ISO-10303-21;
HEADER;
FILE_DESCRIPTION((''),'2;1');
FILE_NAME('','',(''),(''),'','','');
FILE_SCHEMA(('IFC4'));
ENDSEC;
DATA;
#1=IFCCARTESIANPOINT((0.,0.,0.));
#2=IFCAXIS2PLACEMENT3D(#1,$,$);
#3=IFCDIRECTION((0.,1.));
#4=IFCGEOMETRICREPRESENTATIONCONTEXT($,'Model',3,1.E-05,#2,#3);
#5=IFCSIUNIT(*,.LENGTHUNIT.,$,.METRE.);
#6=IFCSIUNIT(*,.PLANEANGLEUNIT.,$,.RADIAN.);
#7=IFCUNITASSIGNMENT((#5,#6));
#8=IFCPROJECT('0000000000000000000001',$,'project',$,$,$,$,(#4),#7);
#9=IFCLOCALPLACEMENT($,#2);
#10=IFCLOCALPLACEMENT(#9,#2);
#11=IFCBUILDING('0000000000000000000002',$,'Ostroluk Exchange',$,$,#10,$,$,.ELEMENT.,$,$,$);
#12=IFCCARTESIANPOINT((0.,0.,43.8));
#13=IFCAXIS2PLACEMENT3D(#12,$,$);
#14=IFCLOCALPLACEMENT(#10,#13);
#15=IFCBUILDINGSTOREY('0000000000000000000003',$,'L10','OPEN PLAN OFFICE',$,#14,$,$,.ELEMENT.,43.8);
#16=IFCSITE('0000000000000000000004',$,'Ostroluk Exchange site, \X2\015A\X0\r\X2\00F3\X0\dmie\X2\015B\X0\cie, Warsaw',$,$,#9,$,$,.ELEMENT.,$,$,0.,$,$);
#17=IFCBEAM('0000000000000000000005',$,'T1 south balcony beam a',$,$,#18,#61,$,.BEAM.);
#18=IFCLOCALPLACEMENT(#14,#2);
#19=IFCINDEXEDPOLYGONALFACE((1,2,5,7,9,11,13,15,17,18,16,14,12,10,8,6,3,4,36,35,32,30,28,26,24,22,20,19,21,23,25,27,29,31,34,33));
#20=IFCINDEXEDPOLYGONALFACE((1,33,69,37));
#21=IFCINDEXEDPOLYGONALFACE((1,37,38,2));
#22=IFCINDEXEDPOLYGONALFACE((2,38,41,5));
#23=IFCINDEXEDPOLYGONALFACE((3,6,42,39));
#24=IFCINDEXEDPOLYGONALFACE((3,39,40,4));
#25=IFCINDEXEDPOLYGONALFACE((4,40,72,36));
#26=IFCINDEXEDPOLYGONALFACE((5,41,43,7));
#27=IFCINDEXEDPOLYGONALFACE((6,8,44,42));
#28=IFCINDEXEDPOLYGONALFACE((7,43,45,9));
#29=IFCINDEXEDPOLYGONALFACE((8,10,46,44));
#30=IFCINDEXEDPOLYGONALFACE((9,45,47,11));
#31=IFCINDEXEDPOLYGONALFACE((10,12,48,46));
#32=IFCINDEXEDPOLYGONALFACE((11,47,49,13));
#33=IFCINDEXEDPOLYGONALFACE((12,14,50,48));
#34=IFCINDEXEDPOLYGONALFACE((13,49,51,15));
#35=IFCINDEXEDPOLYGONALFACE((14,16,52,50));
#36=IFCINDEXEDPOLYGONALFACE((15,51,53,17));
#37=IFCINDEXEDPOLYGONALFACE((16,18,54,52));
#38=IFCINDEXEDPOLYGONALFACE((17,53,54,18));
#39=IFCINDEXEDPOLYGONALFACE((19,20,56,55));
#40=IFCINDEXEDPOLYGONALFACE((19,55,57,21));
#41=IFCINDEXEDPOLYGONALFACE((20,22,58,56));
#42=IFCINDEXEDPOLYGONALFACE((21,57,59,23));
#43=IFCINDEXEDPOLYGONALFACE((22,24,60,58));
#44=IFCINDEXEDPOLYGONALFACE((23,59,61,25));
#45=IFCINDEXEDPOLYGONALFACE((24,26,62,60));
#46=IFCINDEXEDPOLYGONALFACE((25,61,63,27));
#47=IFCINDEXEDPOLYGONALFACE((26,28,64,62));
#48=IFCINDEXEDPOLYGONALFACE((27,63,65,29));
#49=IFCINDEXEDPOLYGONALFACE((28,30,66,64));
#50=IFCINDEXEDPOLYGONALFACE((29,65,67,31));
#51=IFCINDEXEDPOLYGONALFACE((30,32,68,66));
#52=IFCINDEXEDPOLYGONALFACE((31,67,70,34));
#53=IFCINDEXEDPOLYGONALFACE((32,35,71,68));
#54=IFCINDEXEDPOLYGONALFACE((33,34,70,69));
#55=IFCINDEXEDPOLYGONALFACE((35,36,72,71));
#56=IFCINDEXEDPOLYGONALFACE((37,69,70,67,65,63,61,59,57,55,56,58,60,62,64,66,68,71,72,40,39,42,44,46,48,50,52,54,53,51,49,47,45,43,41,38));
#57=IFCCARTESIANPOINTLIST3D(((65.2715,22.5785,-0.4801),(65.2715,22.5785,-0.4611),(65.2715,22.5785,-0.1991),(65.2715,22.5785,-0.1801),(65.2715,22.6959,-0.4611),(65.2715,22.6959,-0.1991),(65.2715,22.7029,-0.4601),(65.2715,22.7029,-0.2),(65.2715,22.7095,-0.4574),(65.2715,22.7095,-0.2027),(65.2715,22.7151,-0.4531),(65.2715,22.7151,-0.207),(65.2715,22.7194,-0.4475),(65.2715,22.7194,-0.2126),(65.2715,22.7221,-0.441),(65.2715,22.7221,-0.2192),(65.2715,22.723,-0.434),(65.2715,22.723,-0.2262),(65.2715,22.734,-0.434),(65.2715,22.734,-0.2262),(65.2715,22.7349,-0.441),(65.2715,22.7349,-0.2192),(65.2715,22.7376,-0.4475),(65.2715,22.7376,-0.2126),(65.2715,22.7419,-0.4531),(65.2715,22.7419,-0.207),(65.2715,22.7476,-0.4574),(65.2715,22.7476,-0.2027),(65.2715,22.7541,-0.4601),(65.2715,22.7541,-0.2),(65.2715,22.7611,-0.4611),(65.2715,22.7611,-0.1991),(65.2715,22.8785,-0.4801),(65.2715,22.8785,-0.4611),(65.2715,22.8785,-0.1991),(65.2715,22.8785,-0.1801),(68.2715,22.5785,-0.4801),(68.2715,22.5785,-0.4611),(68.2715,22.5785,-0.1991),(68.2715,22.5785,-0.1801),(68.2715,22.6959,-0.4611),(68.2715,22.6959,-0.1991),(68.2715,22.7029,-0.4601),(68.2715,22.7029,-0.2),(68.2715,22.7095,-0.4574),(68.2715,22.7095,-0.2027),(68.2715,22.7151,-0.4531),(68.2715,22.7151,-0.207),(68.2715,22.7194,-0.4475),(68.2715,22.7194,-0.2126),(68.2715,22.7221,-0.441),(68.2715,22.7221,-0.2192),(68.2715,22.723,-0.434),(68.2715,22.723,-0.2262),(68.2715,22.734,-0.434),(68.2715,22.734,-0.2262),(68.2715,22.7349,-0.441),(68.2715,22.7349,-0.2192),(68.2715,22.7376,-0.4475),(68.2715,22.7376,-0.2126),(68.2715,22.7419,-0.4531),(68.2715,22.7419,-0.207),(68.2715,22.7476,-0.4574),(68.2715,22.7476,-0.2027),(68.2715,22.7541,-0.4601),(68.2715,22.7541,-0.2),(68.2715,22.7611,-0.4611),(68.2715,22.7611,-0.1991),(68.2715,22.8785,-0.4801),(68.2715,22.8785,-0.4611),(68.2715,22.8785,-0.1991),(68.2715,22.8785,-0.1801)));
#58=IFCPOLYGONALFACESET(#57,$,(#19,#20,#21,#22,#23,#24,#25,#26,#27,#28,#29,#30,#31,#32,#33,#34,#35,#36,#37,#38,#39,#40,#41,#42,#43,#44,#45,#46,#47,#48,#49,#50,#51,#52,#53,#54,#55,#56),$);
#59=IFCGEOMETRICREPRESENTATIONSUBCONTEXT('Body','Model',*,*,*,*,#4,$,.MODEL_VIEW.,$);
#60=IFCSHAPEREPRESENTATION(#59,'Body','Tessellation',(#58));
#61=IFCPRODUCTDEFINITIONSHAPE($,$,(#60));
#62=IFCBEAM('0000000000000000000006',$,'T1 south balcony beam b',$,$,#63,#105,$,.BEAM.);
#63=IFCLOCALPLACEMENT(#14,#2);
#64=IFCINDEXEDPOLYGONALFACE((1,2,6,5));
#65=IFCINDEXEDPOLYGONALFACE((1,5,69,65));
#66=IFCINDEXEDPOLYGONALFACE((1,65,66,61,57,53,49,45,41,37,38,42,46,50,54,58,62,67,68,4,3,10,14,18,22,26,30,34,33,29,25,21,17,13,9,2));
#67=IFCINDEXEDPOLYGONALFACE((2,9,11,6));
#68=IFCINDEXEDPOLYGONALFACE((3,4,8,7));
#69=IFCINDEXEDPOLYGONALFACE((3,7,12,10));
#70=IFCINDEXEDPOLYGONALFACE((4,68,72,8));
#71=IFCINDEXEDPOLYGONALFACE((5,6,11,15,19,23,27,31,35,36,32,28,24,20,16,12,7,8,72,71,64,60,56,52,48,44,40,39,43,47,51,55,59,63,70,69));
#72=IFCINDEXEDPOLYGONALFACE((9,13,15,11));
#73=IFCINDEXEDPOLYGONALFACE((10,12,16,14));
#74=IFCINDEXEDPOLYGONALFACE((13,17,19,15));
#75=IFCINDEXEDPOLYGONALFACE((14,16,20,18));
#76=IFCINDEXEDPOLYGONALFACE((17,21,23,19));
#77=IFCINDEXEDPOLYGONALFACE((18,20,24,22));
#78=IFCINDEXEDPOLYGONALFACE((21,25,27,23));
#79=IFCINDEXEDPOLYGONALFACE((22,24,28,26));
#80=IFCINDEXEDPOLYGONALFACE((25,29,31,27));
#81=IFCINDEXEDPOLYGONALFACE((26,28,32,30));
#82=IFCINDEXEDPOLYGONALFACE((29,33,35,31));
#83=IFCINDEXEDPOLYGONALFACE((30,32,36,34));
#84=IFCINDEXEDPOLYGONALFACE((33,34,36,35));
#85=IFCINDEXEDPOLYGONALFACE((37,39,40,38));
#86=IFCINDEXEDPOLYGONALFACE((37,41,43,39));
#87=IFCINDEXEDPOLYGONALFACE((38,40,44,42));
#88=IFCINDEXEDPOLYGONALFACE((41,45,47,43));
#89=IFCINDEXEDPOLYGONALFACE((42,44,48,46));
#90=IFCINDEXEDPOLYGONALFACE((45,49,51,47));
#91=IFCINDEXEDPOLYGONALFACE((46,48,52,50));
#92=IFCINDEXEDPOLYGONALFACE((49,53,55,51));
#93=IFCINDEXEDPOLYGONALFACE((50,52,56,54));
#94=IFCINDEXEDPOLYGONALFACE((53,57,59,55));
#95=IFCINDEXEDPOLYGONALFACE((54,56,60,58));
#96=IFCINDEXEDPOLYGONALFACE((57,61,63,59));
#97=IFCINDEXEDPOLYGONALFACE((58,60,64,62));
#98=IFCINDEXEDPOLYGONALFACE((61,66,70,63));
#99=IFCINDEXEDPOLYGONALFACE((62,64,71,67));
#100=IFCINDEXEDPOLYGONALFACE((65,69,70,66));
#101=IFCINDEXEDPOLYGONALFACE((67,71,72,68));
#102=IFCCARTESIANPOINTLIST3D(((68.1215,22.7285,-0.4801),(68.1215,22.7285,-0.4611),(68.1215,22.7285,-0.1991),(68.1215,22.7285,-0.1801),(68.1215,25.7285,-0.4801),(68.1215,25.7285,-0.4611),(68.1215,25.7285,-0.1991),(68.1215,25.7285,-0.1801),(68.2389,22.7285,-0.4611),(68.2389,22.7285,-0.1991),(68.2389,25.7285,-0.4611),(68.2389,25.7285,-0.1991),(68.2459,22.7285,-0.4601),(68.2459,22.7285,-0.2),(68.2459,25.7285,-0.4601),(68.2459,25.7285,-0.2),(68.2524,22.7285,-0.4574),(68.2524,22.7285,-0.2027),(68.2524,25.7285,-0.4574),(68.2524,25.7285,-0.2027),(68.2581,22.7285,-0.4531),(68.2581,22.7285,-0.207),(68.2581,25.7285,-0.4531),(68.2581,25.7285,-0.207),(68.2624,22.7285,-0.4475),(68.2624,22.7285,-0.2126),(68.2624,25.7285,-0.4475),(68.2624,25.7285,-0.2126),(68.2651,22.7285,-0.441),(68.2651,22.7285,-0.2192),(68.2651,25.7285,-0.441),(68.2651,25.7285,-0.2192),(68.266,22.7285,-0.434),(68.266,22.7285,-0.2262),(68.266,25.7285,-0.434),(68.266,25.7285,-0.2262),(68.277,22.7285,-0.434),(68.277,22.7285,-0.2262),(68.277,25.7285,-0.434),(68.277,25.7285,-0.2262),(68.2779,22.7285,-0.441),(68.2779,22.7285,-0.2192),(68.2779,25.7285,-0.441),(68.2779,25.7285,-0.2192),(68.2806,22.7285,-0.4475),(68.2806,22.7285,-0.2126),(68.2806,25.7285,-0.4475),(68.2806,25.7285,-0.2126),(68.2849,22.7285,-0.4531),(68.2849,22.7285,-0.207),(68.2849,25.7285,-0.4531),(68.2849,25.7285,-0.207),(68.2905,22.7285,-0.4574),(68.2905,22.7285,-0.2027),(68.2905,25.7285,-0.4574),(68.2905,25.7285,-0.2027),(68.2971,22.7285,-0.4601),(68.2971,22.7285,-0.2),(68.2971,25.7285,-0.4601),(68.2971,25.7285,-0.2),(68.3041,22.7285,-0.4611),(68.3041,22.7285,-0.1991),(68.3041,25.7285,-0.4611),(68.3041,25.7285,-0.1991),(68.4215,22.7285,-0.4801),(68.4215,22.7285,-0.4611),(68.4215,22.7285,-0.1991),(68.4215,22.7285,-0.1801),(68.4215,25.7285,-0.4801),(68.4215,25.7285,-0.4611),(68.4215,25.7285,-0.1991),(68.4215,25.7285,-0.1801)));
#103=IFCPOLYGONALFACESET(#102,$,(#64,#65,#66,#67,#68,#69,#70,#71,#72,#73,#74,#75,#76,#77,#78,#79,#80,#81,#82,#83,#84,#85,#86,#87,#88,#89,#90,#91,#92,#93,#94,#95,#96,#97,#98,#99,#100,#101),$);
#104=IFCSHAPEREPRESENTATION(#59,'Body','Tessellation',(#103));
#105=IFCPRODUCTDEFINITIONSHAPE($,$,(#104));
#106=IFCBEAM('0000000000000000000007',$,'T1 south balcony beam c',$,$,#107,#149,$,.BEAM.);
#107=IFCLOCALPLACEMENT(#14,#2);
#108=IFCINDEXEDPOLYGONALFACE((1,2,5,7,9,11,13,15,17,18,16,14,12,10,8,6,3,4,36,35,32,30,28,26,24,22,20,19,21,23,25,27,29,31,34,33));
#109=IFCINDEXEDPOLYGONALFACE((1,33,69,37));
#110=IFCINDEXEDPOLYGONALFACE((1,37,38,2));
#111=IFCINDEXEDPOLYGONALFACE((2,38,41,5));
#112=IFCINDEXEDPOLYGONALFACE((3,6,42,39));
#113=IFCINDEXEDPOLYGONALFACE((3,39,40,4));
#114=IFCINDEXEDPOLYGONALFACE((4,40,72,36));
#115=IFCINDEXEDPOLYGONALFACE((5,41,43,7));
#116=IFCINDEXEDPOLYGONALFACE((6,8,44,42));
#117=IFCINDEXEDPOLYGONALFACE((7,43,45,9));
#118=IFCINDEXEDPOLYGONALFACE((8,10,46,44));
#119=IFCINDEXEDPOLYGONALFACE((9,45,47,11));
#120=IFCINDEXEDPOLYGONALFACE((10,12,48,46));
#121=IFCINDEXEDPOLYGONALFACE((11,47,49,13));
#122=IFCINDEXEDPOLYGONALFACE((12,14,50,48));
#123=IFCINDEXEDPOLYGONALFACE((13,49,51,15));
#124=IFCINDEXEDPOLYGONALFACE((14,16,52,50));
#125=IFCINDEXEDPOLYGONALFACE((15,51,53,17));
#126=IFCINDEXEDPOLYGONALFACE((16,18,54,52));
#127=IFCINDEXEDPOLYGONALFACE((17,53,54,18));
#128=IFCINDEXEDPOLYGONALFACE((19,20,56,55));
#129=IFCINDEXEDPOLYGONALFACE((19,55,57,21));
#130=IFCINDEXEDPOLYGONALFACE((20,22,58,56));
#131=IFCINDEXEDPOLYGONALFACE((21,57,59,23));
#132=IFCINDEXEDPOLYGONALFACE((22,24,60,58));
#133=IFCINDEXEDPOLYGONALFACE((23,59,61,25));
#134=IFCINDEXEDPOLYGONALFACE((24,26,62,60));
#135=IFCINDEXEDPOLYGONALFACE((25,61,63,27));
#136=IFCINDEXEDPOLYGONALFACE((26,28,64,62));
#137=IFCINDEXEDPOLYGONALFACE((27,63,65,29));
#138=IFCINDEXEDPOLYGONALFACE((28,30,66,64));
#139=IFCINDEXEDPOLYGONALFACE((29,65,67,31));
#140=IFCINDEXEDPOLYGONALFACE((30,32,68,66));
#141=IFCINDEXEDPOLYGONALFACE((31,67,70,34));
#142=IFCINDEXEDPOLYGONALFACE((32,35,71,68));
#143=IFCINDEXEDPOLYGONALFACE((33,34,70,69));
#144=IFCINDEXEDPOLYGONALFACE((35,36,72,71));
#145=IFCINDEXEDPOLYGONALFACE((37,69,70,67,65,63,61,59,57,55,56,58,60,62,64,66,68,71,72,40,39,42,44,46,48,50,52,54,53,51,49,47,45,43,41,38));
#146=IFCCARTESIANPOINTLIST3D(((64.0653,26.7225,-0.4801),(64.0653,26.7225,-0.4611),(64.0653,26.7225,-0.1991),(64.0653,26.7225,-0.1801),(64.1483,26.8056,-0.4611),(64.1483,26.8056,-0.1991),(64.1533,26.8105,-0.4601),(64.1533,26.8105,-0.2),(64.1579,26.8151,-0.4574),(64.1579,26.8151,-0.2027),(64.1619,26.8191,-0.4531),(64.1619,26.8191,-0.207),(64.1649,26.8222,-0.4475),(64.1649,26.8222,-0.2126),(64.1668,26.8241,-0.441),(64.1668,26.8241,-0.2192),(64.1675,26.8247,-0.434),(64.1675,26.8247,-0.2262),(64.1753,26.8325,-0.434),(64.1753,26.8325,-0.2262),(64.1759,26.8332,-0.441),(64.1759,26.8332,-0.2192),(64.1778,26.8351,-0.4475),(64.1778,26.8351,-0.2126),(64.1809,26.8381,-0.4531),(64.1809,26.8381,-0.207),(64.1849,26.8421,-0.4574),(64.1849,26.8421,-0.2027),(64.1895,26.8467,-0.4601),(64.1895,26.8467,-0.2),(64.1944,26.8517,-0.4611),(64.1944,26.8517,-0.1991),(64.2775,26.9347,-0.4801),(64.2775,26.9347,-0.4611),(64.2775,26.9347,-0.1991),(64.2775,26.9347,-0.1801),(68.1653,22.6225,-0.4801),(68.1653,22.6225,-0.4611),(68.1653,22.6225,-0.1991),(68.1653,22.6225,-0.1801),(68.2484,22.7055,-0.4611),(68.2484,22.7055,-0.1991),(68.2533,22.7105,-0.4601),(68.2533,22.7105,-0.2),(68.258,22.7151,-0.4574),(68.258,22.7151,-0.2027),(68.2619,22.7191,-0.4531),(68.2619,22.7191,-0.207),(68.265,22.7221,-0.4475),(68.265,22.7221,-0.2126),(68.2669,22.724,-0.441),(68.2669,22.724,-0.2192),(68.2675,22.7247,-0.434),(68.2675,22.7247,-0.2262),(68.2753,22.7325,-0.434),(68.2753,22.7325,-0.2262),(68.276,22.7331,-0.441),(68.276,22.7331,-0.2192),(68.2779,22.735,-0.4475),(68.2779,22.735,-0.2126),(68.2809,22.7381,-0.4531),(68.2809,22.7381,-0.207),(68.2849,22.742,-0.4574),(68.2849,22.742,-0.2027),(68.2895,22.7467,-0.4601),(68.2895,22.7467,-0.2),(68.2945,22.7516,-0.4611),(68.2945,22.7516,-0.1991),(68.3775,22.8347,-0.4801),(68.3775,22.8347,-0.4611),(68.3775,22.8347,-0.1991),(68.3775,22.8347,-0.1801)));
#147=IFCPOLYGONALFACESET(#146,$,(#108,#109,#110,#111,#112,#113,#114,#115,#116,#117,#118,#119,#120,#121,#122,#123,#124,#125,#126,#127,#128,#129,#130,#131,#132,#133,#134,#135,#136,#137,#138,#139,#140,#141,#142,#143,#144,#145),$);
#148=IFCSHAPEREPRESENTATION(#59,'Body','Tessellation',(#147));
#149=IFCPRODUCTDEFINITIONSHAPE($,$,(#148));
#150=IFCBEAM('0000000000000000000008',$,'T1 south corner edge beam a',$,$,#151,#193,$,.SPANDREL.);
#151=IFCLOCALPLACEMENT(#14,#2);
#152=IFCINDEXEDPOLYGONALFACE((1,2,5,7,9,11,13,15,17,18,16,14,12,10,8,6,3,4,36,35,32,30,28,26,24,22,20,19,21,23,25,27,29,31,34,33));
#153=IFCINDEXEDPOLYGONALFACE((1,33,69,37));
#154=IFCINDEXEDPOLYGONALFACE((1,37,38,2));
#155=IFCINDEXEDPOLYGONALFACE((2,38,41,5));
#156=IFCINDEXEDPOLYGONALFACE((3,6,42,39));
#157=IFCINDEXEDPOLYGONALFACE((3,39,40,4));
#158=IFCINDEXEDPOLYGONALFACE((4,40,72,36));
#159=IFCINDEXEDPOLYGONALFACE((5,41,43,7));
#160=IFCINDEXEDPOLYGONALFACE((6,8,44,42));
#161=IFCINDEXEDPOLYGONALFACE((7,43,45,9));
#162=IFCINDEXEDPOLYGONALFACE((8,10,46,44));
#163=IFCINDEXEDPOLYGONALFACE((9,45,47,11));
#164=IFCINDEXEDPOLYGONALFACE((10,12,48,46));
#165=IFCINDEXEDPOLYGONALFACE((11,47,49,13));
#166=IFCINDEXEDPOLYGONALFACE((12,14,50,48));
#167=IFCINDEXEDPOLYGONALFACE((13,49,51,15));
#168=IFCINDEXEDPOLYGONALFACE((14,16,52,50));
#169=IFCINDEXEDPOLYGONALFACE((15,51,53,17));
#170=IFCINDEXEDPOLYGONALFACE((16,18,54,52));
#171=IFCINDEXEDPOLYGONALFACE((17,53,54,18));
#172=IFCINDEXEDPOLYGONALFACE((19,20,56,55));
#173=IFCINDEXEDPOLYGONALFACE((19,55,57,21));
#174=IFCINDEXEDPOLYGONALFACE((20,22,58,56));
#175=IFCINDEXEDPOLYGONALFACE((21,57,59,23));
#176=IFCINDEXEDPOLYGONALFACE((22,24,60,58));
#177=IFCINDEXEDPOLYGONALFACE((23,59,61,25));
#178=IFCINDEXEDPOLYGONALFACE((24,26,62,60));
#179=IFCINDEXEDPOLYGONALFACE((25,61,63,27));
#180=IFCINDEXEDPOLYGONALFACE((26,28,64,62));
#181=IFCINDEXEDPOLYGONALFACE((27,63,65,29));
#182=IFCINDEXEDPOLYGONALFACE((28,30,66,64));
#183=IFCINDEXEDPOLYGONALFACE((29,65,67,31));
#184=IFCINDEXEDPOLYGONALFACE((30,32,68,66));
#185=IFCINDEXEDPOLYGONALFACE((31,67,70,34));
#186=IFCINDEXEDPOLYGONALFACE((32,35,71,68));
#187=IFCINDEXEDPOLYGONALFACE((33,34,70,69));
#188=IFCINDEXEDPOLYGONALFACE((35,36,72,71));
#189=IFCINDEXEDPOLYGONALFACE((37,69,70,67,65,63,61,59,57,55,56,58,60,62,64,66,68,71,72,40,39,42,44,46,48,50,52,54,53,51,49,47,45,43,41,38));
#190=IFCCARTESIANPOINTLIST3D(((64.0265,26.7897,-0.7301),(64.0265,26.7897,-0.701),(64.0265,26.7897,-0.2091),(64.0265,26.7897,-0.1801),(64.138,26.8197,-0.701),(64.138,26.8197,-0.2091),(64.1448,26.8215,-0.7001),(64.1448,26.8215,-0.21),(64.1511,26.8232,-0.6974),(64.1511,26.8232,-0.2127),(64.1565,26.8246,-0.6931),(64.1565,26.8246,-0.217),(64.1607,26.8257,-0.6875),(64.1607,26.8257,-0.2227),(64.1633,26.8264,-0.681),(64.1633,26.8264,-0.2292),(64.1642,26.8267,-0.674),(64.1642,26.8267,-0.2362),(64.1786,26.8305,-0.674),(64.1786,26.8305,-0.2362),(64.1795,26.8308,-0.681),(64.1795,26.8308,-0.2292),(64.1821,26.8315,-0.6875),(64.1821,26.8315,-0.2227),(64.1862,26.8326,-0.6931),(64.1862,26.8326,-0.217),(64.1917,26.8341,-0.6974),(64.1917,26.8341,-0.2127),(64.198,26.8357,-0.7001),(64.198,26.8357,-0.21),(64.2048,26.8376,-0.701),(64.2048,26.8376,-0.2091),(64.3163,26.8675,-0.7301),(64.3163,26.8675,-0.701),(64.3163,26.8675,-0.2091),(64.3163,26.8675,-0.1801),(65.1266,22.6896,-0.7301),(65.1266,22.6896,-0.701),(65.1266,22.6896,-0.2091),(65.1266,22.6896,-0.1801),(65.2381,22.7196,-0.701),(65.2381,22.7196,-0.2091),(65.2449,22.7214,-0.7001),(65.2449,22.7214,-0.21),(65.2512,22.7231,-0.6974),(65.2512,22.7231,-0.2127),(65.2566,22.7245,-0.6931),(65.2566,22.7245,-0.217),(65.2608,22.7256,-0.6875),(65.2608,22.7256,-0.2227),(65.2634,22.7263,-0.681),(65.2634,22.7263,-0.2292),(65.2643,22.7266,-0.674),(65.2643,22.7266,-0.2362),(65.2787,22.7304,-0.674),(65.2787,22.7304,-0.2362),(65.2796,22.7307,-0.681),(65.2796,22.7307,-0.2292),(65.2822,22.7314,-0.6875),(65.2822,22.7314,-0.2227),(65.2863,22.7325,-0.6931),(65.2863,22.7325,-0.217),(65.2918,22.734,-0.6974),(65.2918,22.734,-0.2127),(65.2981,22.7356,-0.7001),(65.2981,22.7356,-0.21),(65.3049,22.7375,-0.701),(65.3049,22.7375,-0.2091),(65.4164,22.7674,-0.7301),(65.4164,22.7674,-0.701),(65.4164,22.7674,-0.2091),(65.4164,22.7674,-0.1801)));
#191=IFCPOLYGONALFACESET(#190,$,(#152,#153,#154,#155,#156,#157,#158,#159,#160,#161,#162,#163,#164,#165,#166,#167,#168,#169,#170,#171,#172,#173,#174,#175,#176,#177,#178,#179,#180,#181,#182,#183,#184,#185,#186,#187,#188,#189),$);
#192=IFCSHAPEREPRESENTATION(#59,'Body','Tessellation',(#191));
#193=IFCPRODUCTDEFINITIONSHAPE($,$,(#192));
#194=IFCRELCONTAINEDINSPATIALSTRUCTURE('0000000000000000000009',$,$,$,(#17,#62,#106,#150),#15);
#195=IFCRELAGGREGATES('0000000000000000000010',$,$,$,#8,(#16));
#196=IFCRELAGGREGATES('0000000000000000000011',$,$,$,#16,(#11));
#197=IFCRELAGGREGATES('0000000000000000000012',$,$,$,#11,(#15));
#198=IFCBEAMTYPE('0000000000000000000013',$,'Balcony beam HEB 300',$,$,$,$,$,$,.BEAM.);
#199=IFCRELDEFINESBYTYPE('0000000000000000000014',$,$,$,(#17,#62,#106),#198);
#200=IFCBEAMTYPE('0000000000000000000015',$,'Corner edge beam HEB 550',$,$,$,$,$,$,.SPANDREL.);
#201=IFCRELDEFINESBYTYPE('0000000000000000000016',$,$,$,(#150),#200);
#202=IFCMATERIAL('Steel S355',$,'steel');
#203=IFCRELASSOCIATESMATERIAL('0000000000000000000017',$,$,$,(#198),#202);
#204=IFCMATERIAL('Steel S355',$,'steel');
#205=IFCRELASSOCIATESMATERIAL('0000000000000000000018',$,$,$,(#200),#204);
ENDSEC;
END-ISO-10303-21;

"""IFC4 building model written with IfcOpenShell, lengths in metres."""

from ifc_helpers import new_model, si_unit, direction, frame, origin, origin_2d, place, context, subcontext, project, spatial, i_section, extrude, material, material_profile, profile_set, type_object, element, save


model = new_model("IFC4")

# Units and contexts
model_context = context("Model", 3, precision=1e-05, world=origin(), true_north=direction((0.0, 1.0)))
body_context = subcontext(model_context, "Body", "Model", "MODEL_VIEW")
ifc_project = project(units=[si_unit("LENGTHUNIT", "METRE"), si_unit("PLANEANGLEUNIT", "RADIAN")], contexts=[model_context])

# Site, building, storey
site_placement = place(None, origin())
site = spatial("IfcSite", under=ifc_project, at=site_placement, Name="Ostroluk Exchange site, Śródmieście, Warsaw", CompositionType="ELEMENT", RefElevation=0.0)
building_placement = place(site_placement, origin())
building = spatial("IfcBuilding", under=site, at=building_placement, Name="Ostroluk Exchange", CompositionType="ELEMENT")
storey_placement = place(building_placement, frame((0.0, 0.0, 43.8)))
storey = spatial("IfcBuildingStorey", under=building, at=storey_placement, Name="L10", Description="OPEN PLAN OFFICE", CompositionType="ELEMENT", Elevation=43.8)

# Beams
ifc_material_1 = material(Name="Steel S355", Category="steel")
ifc_material_profile_1 = material_profile(ifc_material_1, i_section(OverallWidth=0.3, OverallDepth=0.3, WebThickness=0.011, FlangeThickness=0.019, FilletRadius=0.0271, at=origin_2d()), Name="HEB 300")
ifc_profile_set_1 = profile_set([ifc_material_profile_1], Name="Steel S355")
beam_type_1 = type_object("IfcBeamType", Name="Balcony beam HEB 300", PredefinedType="BEAM", material=ifc_profile_set_1)
for number, where, z_axis, x_axis, name in (
    (1, (65.2715, 22.7285, -0.3301), (1.0, 0.0, 0.0), (0.0, 1.0, 0.0), "T1 south balcony beam a"),
    (2, (68.2715, 25.7285, -0.3301), (0.0, -1.0, 0.0), (1.0, 0.0, 0.0), "T1 south balcony beam b"),
):
    element("IfcBeam", number, at=place(storey_placement, frame(where, z_axis=z_axis, x_axis=x_axis)), inside=storey, type_object=beam_type_1, Name=name, PredefinedType="BEAM", context=body_context, shape_type="SweptSolid", body=[
        extrude(i_section(OverallWidth=0.3, OverallDepth=0.3, WebThickness=0.011, FlangeThickness=0.019, FilletRadius=0.0271, at=origin_2d()), origin(), (0.0, 0.0, 1.0), 3.0),
    ])
beam_placement = place(storey_placement, frame((64.1714, 26.8286, -0.3301), z_axis=(0.707107, -0.707107, 0.0), x_axis=(0.707107, 0.707107, 0.0)))
element("IfcBeam", 3, at=beam_placement, inside=storey, type_object=beam_type_1, Name="T1 south balcony beam c", PredefinedType="BEAM", context=body_context, shape_type="SweptSolid", body=[
    extrude(i_section(OverallWidth=0.3, OverallDepth=0.3, WebThickness=0.011, FlangeThickness=0.019, FilletRadius=0.0271, at=origin_2d()), origin(), (0.0, 0.0, 1.0), 5.7983),
])
ifc_material_2 = material(Name="Steel S355", Category="steel")
ifc_material_profile_2 = material_profile(ifc_material_2, i_section(OverallWidth=0.3, OverallDepth=0.55, WebThickness=0.0149, FlangeThickness=0.0291, FilletRadius=0.0271, at=origin_2d()), Name="HEB 550")
ifc_profile_set_2 = profile_set([ifc_material_profile_2], Name="Steel S355")
beam_type_2 = type_object("IfcBeamType", Name="Corner edge beam HEB 550", PredefinedType="SPANDREL", material=ifc_profile_set_2)
for number, where, z_axis, x_axis, name in (
    (4, (64.1714, 26.8286, -0.4551), (0.259144, -0.965839, 0.0), (0.965839, 0.259144, 0.0), "T1 south corner edge beam a"),
):
    element("IfcBeam", number, at=place(storey_placement, frame(where, z_axis=z_axis, x_axis=x_axis)), inside=storey, type_object=beam_type_2, Name=name, PredefinedType="SPANDREL", context=body_context, shape_type="SweptSolid", body=[
        extrude(i_section(OverallWidth=0.3, OverallDepth=0.55, WebThickness=0.0149, FlangeThickness=0.0291, FilletRadius=0.0271, at=origin_2d()), origin(), (0.0, 0.0, 1.0), 4.2451),
    ])

save(model, "model.ifc")
